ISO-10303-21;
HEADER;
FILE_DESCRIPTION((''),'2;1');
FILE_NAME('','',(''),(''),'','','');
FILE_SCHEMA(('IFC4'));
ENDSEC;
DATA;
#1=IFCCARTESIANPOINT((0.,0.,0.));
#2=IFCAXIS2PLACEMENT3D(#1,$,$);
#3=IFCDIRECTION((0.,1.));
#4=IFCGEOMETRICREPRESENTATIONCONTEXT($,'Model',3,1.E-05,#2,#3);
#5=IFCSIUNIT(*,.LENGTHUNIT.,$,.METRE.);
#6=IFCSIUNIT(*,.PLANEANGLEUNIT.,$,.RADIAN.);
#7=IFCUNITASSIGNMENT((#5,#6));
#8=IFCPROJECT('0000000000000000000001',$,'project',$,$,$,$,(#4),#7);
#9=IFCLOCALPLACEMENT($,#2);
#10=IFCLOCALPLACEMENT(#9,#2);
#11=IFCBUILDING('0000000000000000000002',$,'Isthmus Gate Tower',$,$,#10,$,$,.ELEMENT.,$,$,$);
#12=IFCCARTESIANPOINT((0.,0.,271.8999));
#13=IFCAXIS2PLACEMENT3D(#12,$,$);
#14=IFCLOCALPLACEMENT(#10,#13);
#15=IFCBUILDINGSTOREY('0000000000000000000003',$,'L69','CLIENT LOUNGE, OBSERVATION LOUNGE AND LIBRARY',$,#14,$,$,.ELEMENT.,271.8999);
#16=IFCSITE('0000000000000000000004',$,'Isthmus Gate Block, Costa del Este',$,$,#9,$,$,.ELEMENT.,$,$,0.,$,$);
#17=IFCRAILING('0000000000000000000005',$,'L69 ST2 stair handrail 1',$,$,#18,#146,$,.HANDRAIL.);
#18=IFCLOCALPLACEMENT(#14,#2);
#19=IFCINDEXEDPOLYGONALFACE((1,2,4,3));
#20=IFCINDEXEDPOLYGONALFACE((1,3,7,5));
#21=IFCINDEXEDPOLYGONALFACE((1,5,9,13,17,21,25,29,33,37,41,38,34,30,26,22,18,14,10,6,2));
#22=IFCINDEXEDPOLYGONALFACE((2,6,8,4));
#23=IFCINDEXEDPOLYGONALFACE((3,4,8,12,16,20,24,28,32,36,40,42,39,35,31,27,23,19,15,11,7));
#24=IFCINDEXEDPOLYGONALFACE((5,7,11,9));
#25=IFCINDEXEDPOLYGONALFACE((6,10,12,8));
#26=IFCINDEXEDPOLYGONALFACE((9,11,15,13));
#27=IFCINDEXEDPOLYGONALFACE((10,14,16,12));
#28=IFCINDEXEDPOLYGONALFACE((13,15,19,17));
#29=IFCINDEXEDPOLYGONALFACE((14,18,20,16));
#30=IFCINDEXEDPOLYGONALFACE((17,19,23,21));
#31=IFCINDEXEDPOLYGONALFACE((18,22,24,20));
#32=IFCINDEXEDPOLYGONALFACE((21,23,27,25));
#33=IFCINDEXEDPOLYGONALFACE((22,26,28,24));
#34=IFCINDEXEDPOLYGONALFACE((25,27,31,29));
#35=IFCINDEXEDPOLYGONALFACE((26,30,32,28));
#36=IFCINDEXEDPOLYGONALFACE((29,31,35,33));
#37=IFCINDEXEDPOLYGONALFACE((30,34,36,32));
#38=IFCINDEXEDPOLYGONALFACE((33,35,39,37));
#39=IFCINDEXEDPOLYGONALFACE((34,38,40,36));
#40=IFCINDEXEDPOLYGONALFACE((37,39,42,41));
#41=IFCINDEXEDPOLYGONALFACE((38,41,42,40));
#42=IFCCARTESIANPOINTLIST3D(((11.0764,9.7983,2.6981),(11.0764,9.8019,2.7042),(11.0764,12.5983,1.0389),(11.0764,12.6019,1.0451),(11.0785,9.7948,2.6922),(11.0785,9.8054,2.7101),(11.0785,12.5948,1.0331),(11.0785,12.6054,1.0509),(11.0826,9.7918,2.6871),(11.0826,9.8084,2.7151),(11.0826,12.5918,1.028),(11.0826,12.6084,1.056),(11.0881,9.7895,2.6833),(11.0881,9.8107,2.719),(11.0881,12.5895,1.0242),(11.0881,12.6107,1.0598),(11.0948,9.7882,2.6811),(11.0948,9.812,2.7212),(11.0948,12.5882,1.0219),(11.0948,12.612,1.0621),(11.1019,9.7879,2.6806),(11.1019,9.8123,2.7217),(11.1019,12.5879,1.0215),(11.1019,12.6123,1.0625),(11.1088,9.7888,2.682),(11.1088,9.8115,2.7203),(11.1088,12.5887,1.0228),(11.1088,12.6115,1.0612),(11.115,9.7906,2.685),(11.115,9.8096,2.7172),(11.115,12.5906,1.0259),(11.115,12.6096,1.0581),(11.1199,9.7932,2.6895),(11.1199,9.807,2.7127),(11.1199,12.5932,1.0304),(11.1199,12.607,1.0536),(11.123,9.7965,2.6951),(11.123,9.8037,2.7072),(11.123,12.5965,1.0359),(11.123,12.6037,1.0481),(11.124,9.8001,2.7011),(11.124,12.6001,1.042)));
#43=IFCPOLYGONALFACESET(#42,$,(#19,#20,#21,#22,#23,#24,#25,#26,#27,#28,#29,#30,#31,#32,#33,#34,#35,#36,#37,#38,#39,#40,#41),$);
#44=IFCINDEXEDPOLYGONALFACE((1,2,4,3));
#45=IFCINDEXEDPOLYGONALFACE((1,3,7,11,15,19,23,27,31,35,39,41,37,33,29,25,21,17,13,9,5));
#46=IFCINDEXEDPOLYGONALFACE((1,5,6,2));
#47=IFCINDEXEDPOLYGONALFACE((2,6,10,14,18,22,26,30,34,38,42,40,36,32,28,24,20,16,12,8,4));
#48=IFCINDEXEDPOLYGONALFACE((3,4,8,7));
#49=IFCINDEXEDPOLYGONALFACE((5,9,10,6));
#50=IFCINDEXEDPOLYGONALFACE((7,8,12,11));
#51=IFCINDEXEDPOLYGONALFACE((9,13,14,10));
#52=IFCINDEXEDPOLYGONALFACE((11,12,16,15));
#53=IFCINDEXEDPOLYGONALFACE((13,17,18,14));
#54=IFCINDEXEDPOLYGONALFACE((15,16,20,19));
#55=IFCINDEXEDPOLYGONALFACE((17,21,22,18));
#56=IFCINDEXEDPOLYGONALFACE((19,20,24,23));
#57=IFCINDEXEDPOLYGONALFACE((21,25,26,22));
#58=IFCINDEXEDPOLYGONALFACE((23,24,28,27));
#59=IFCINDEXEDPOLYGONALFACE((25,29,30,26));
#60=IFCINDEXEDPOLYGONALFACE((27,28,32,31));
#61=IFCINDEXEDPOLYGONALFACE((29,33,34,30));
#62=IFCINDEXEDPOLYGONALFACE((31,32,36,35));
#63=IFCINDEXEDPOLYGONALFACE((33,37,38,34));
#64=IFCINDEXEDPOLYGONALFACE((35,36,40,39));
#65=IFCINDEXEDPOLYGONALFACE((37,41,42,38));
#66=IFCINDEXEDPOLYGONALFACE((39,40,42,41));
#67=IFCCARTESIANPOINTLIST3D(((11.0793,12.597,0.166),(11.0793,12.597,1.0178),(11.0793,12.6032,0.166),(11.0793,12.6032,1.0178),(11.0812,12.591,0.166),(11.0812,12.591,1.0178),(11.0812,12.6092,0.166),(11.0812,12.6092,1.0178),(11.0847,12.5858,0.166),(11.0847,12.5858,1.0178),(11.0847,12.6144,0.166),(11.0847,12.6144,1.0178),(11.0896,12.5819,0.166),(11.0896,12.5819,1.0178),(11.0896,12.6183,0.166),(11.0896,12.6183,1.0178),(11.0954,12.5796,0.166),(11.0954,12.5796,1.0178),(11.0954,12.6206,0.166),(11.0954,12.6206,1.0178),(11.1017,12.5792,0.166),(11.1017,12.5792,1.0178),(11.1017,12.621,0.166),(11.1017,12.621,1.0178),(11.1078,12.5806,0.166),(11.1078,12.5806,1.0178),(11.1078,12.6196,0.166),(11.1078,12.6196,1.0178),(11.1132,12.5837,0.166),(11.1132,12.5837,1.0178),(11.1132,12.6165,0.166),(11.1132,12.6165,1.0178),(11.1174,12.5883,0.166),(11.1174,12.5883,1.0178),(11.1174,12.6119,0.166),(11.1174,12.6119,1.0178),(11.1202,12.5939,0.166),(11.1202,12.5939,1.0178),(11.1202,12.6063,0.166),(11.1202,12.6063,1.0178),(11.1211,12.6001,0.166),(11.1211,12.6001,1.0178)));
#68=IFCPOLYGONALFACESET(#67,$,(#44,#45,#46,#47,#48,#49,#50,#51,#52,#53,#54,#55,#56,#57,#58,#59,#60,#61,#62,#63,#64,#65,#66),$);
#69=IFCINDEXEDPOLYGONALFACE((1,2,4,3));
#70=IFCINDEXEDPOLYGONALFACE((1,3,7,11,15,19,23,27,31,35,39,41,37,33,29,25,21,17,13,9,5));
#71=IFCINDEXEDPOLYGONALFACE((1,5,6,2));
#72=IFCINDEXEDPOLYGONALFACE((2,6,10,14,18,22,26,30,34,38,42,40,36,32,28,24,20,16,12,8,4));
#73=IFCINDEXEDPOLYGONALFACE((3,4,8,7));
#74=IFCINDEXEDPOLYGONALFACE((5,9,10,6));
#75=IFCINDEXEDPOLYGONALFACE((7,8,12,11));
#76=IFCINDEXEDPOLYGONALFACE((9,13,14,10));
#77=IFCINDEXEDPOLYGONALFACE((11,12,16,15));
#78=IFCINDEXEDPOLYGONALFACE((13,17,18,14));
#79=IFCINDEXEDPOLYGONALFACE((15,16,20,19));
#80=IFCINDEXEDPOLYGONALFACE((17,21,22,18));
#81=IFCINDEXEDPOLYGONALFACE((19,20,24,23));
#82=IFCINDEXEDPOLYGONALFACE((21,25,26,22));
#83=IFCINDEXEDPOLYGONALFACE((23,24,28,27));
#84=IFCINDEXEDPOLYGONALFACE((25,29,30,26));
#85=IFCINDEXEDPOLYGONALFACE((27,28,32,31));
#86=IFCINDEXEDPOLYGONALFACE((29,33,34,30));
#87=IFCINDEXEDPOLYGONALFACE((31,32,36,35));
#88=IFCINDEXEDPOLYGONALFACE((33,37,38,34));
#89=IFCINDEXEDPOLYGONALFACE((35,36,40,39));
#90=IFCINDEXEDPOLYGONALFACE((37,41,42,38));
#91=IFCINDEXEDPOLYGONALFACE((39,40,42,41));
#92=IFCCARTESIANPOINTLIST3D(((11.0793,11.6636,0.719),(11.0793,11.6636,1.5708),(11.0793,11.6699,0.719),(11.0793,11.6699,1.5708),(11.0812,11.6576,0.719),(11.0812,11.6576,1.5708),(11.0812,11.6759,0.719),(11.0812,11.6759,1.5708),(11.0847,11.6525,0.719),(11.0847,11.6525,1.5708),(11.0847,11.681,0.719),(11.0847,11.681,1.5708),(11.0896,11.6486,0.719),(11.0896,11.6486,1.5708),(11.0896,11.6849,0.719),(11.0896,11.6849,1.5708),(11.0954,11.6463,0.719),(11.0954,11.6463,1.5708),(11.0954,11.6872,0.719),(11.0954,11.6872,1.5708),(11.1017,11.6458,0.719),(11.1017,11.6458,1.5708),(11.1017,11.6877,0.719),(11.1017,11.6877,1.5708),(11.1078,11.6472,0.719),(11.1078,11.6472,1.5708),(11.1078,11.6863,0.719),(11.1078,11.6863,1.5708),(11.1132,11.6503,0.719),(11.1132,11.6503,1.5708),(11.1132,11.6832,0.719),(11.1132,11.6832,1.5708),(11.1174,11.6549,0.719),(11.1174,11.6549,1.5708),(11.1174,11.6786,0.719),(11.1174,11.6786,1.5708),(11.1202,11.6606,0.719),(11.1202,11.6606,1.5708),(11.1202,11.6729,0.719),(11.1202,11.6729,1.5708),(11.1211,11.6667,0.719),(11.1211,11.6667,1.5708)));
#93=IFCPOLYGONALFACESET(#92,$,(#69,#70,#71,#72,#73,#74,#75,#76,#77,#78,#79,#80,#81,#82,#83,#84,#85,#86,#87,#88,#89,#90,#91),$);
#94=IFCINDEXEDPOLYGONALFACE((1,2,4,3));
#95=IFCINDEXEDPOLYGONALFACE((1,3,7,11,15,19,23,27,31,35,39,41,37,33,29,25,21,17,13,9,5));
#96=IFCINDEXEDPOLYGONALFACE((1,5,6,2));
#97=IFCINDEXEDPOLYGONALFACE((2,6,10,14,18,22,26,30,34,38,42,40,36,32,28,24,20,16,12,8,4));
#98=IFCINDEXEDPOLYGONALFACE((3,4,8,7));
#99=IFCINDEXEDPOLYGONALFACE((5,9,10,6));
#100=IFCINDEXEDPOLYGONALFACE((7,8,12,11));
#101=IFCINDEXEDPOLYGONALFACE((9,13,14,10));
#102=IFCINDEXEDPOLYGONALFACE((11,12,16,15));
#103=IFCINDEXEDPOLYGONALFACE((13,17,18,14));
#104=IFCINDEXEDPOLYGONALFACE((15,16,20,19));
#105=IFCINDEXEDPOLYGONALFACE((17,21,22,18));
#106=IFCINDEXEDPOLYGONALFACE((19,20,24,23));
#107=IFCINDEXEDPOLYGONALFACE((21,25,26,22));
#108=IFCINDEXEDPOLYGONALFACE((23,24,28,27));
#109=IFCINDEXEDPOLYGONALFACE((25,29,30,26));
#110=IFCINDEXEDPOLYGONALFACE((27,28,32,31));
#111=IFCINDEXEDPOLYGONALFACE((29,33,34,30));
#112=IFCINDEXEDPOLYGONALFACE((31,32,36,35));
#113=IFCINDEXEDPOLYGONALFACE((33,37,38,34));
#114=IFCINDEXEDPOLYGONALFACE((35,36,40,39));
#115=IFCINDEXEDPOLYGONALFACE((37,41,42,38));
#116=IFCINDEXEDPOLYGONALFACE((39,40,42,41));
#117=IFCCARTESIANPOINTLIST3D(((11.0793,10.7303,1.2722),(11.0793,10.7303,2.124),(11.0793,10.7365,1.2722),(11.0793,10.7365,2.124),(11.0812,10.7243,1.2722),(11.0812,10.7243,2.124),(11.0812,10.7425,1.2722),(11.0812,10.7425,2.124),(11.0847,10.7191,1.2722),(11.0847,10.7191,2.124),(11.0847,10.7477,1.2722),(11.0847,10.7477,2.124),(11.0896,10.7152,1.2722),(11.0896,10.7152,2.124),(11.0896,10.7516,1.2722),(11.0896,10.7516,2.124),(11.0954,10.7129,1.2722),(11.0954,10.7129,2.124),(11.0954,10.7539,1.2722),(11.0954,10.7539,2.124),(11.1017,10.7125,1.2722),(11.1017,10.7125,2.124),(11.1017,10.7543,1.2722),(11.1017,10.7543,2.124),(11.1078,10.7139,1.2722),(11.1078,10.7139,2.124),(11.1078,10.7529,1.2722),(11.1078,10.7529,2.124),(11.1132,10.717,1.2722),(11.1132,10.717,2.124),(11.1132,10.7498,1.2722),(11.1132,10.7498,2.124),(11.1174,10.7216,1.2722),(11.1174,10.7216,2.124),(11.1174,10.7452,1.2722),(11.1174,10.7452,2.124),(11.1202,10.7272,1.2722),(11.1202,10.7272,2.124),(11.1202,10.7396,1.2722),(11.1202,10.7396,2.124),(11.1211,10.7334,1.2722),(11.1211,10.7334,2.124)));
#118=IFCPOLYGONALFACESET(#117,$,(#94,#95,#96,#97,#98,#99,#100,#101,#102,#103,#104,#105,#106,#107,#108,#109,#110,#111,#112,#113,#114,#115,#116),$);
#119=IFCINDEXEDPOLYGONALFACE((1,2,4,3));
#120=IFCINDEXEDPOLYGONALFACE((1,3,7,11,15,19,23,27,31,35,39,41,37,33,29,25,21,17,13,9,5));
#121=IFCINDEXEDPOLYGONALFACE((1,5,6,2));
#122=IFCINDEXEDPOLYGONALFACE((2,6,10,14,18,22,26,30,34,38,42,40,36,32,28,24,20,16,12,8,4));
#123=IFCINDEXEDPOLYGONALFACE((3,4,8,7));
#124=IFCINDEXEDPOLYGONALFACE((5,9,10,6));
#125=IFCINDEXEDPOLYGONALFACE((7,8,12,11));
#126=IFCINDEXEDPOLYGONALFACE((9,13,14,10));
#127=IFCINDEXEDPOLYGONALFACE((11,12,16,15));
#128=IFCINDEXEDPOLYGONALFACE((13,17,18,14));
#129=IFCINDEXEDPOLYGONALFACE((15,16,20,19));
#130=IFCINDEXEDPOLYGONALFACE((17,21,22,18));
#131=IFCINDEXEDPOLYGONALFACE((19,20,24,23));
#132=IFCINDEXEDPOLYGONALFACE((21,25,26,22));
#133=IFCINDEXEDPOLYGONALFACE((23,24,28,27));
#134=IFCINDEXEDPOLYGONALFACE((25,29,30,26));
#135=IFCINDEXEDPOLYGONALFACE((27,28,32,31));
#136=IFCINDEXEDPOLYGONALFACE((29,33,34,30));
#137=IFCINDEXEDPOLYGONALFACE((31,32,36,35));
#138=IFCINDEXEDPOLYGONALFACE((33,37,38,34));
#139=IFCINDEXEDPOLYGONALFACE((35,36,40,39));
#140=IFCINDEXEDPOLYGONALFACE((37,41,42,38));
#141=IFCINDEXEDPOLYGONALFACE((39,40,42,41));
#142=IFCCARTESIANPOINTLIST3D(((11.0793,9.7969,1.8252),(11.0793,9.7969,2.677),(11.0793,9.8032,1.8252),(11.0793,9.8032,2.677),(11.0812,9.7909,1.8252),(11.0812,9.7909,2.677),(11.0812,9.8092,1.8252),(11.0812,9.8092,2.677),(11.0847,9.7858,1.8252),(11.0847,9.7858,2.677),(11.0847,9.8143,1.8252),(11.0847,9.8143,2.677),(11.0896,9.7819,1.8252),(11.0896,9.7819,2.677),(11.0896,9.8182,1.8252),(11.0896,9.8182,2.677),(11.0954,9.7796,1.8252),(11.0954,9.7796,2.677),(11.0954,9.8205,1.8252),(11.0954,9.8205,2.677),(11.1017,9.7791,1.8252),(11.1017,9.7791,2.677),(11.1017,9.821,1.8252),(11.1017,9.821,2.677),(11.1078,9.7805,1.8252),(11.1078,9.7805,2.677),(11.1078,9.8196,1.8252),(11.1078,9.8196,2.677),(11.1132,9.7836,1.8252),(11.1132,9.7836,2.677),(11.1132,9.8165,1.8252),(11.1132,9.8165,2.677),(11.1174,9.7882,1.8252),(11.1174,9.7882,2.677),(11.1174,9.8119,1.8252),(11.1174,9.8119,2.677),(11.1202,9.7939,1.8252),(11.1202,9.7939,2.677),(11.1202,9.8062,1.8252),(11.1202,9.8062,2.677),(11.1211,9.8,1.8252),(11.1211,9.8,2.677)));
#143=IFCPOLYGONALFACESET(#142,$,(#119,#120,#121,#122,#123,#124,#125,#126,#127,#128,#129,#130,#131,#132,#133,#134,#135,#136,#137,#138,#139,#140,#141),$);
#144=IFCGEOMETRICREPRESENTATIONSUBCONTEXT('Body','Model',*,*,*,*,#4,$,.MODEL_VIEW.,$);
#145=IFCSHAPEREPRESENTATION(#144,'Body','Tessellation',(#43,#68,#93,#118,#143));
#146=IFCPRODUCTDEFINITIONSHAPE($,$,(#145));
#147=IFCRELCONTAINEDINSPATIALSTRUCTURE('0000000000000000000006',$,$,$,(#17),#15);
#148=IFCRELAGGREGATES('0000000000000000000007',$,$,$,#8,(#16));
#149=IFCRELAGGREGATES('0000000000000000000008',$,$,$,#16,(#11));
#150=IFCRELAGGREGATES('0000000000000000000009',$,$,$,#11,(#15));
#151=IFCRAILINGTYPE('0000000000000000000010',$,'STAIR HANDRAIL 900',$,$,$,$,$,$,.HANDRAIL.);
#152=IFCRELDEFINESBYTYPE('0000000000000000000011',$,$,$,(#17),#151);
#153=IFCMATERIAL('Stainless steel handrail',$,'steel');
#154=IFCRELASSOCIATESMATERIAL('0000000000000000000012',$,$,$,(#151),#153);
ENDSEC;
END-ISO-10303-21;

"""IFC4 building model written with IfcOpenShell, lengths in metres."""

from ifc_helpers import new_model, si_unit, direction, frame, origin, origin_2d, place, context, subcontext, project, spatial, circle, extrude, material, type_object, element, save


model = new_model("IFC4")

# Units and contexts
model_context = context("Model", 3, precision=1e-05, world=origin(), true_north=direction((0.0, 1.0)))
body_context = subcontext(model_context, "Body", "Model", "MODEL_VIEW")
ifc_project = project(units=[si_unit("LENGTHUNIT", "METRE"), si_unit("PLANEANGLEUNIT", "RADIAN")], contexts=[model_context])

# Site, building, storey
site_placement = place(None, origin())
site = spatial("IfcSite", under=ifc_project, at=site_placement, Name="Isthmus Gate Block, Costa del Este", CompositionType="ELEMENT", RefElevation=0.0)
building_placement = place(site_placement, origin())
building = spatial("IfcBuilding", under=site, at=building_placement, Name="Isthmus Gate Tower", CompositionType="ELEMENT")
storey_placement = place(building_placement, frame((0.0, 0.0, 271.8999)))
storey = spatial("IfcBuildingStorey", under=building, at=storey_placement, Name="L69", Description="CLIENT LOUNGE, OBSERVATION LOUNGE AND LIBRARY", CompositionType="ELEMENT", Elevation=271.8999)

# Railing
ifc_material_1 = material(Name="Stainless steel handrail", Category="steel")
railing_type = type_object("IfcRailingType", Name="STAIR HANDRAIL 900", PredefinedType="HANDRAIL", material=ifc_material_1)
for number, where, name in (
    (1, (11.1001, 12.6001, 0.166), "L69 ST2 stair handrail 1"),
):
    element("IfcRailing", number, at=place(storey_placement, frame(where)), inside=storey, type_object=railing_type, Name=name, PredefinedType="HANDRAIL", context=body_context, shape_type="SweptSolid", body=[
        extrude(circle(Radius=0.0239, at=origin_2d()), frame((0.0, 0.0, 0.876), z_axis=(0.0, -0.860306, 0.509778), x_axis=(1.0, 0.0, 0.0)), (0.0, 0.0, 1.0), 3.2546),
        extrude(circle(Radius=0.021, at=origin_2d()), origin(), (0.0, 0.0, 1.0), 0.8518),
        extrude(circle(Radius=0.021, at=origin_2d()), frame((0.0, -0.9333, 0.553)), (0.0, 0.0, 1.0), 0.8518),
        extrude(circle(Radius=0.021, at=origin_2d()), frame((0.0, -1.8667, 1.1062)), (0.0, 0.0, 1.0), 0.8518),
        extrude(circle(Radius=0.021, at=origin_2d()), frame((0.0, -2.8, 1.6592)), (0.0, 0.0, 1.0), 0.8518),
    ])

save(model, "model.ifc")
